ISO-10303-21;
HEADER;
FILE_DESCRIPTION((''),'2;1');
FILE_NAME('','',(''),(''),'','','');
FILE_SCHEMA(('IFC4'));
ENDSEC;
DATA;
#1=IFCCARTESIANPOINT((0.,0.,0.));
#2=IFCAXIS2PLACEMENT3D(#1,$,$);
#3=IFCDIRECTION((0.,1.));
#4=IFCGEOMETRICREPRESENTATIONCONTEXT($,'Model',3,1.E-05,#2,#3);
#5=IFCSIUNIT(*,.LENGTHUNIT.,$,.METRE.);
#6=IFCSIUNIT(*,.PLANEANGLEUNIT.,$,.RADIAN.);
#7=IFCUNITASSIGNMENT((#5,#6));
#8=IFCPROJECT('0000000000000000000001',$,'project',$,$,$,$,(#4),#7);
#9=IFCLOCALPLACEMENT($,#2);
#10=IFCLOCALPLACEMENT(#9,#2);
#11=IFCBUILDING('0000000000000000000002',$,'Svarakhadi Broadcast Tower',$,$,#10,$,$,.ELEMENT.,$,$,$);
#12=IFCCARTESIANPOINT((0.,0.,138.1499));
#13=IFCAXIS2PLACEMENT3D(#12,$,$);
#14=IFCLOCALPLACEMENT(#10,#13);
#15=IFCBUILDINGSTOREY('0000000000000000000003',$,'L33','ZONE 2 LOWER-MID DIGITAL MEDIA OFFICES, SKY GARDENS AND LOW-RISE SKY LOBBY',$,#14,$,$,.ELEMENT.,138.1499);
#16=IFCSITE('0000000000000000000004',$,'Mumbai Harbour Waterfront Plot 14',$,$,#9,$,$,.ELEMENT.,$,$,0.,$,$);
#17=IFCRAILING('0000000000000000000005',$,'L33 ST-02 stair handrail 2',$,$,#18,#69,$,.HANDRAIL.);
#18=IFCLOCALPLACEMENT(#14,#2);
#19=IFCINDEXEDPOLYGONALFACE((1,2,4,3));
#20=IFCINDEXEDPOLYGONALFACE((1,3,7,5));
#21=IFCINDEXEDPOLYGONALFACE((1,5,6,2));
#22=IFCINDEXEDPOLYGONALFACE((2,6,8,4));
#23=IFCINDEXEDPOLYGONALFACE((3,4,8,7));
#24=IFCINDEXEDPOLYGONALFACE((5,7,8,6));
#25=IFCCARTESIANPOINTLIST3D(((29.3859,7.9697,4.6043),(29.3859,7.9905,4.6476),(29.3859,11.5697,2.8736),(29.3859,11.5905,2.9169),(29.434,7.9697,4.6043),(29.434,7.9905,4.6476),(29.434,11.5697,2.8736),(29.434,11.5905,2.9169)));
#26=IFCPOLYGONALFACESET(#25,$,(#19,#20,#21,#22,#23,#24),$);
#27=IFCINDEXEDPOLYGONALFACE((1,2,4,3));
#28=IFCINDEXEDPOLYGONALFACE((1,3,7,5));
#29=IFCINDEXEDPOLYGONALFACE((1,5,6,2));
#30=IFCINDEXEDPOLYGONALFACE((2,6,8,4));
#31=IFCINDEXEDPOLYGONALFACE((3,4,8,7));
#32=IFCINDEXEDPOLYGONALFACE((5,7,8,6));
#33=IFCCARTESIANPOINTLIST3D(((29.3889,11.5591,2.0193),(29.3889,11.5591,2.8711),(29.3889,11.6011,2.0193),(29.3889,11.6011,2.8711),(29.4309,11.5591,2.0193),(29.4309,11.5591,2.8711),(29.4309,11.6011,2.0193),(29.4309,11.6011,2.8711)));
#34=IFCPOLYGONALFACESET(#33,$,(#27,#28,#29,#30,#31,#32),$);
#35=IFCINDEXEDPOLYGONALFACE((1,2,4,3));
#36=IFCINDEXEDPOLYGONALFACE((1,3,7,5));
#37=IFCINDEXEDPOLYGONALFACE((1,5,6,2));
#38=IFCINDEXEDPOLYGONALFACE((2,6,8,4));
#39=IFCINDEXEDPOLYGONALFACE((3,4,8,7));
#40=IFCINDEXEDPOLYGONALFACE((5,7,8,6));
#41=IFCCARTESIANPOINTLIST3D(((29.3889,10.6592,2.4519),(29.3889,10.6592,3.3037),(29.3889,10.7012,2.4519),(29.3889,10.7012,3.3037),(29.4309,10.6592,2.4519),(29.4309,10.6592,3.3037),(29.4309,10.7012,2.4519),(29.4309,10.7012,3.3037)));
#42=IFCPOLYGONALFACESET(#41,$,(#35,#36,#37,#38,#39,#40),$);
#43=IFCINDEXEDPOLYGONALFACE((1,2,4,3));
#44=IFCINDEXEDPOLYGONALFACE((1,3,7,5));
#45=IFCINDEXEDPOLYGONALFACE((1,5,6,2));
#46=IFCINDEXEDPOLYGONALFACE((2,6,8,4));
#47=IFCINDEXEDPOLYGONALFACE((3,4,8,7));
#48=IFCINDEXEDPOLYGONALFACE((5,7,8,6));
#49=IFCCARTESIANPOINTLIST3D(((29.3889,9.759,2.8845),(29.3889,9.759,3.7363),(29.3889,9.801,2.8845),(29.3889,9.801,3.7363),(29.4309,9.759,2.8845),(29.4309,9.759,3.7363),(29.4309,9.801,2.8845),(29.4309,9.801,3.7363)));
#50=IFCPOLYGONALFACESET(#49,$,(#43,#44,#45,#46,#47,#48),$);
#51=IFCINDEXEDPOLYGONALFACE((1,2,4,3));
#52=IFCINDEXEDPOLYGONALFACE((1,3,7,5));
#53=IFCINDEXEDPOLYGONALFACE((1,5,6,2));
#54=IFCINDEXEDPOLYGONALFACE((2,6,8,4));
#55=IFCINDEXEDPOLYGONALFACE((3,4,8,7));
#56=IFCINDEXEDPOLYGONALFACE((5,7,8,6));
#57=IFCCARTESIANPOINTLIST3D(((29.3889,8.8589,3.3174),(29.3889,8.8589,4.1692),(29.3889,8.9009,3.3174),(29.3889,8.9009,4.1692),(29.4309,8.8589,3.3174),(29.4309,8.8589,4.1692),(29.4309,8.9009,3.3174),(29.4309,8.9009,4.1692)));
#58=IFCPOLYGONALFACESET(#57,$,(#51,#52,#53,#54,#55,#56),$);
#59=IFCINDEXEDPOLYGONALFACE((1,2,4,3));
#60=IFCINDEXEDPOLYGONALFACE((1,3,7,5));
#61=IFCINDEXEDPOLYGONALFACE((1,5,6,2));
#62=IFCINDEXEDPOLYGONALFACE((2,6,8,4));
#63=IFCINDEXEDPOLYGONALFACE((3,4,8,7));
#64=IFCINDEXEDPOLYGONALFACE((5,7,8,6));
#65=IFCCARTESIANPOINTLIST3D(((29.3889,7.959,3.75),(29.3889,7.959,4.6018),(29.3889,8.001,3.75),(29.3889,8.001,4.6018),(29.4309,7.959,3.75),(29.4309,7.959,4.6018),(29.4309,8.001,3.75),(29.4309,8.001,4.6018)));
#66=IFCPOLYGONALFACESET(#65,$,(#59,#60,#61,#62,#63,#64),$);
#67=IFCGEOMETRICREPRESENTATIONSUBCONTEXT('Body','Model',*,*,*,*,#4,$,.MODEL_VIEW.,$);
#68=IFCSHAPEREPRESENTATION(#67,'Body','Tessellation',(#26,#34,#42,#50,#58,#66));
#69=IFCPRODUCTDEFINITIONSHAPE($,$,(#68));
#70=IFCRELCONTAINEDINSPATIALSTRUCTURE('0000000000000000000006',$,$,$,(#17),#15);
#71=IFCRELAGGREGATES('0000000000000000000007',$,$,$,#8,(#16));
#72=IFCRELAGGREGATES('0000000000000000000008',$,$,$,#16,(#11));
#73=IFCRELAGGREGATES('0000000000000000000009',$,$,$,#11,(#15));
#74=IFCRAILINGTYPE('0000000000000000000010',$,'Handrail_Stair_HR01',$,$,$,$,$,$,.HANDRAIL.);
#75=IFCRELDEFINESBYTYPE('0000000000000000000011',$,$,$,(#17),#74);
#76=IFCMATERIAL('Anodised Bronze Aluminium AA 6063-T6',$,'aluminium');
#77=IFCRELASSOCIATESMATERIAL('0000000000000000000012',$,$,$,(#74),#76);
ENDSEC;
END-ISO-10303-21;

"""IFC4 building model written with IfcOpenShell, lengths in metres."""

from ifc_helpers import new_model, si_unit, direction, frame, origin, origin_2d, place, context, subcontext, project, spatial, rectangle, extrude, material, type_object, element, save


model = new_model("IFC4")

# Units and contexts
model_context = context("Model", 3, precision=1e-05, world=origin(), true_north=direction((0.0, 1.0)))
body_context = subcontext(model_context, "Body", "Model", "MODEL_VIEW")
ifc_project = project(units=[si_unit("LENGTHUNIT", "METRE"), si_unit("PLANEANGLEUNIT", "RADIAN")], contexts=[model_context])

# Site, building, storey
site_placement = place(None, origin())
site = spatial("IfcSite", under=ifc_project, at=site_placement, Name="Mumbai Harbour Waterfront Plot 14", CompositionType="ELEMENT", RefElevation=0.0)
building_placement = place(site_placement, origin())
building = spatial("IfcBuilding", under=site, at=building_placement, Name="Svarakhadi Broadcast Tower", CompositionType="ELEMENT")
storey_placement = place(building_placement, frame((0.0, 0.0, 138.1499)))
storey = spatial("IfcBuildingStorey", under=building, at=storey_placement, Name="L33", Description="ZONE 2 LOWER-MID DIGITAL MEDIA OFFICES, SKY GARDENS AND LOW-RISE SKY LOBBY", CompositionType="ELEMENT", Elevation=138.1499)

# Shared definitions
ifc_material_1 = material(Name="Anodised Bronze Aluminium AA 6063-T6", Category="aluminium")

# Railing
railing_type_1 = type_object("IfcRailingType", Name="Handrail_Stair_HR01", PredefinedType="HANDRAIL", material=ifc_material_1)
railing_1_placement = place(storey_placement, frame((29.4099, 11.5801, 2.0193)))
element("IfcRailing", 1, at=railing_1_placement, inside=storey, type_object=railing_type_1, Name="L33 ST-02 stair handrail 2", PredefinedType="HANDRAIL", context=body_context, shape_type="SweptSolid", body=[
    extrude(rectangle(XDim=0.0481, YDim=0.0481, at=origin_2d()), frame((0.0, 0.0, 0.876), z_axis=(0.0, -0.901263, 0.433273), x_axis=(1.0, 0.0, 0.0)), (0.0, 0.0, 1.0), 3.9944),
    extrude(rectangle(XDim=0.042, YDim=0.042, at=origin_2d()), origin(), (0.0, 0.0, 1.0), 0.8518),
    extrude(rectangle(XDim=0.042, YDim=0.042, at=origin_2d()), frame((0.0, -0.8999, 0.4326)), (0.0, 0.0, 1.0), 0.8518),
    extrude(rectangle(XDim=0.042, YDim=0.042, at=origin_2d()), frame((0.0, -1.8, 0.8652)), (0.0, 0.0, 1.0), 0.8518),
    extrude(rectangle(XDim=0.042, YDim=0.042, at=origin_2d()), frame((0.0, -2.7002, 1.2981)), (0.0, 0.0, 1.0), 0.8518),
    extrude(rectangle(XDim=0.042, YDim=0.042, at=origin_2d()), frame((0.0, -3.6001, 1.7307)), (0.0, 0.0, 1.0), 0.8518),
])

save(model, "model.ifc")
